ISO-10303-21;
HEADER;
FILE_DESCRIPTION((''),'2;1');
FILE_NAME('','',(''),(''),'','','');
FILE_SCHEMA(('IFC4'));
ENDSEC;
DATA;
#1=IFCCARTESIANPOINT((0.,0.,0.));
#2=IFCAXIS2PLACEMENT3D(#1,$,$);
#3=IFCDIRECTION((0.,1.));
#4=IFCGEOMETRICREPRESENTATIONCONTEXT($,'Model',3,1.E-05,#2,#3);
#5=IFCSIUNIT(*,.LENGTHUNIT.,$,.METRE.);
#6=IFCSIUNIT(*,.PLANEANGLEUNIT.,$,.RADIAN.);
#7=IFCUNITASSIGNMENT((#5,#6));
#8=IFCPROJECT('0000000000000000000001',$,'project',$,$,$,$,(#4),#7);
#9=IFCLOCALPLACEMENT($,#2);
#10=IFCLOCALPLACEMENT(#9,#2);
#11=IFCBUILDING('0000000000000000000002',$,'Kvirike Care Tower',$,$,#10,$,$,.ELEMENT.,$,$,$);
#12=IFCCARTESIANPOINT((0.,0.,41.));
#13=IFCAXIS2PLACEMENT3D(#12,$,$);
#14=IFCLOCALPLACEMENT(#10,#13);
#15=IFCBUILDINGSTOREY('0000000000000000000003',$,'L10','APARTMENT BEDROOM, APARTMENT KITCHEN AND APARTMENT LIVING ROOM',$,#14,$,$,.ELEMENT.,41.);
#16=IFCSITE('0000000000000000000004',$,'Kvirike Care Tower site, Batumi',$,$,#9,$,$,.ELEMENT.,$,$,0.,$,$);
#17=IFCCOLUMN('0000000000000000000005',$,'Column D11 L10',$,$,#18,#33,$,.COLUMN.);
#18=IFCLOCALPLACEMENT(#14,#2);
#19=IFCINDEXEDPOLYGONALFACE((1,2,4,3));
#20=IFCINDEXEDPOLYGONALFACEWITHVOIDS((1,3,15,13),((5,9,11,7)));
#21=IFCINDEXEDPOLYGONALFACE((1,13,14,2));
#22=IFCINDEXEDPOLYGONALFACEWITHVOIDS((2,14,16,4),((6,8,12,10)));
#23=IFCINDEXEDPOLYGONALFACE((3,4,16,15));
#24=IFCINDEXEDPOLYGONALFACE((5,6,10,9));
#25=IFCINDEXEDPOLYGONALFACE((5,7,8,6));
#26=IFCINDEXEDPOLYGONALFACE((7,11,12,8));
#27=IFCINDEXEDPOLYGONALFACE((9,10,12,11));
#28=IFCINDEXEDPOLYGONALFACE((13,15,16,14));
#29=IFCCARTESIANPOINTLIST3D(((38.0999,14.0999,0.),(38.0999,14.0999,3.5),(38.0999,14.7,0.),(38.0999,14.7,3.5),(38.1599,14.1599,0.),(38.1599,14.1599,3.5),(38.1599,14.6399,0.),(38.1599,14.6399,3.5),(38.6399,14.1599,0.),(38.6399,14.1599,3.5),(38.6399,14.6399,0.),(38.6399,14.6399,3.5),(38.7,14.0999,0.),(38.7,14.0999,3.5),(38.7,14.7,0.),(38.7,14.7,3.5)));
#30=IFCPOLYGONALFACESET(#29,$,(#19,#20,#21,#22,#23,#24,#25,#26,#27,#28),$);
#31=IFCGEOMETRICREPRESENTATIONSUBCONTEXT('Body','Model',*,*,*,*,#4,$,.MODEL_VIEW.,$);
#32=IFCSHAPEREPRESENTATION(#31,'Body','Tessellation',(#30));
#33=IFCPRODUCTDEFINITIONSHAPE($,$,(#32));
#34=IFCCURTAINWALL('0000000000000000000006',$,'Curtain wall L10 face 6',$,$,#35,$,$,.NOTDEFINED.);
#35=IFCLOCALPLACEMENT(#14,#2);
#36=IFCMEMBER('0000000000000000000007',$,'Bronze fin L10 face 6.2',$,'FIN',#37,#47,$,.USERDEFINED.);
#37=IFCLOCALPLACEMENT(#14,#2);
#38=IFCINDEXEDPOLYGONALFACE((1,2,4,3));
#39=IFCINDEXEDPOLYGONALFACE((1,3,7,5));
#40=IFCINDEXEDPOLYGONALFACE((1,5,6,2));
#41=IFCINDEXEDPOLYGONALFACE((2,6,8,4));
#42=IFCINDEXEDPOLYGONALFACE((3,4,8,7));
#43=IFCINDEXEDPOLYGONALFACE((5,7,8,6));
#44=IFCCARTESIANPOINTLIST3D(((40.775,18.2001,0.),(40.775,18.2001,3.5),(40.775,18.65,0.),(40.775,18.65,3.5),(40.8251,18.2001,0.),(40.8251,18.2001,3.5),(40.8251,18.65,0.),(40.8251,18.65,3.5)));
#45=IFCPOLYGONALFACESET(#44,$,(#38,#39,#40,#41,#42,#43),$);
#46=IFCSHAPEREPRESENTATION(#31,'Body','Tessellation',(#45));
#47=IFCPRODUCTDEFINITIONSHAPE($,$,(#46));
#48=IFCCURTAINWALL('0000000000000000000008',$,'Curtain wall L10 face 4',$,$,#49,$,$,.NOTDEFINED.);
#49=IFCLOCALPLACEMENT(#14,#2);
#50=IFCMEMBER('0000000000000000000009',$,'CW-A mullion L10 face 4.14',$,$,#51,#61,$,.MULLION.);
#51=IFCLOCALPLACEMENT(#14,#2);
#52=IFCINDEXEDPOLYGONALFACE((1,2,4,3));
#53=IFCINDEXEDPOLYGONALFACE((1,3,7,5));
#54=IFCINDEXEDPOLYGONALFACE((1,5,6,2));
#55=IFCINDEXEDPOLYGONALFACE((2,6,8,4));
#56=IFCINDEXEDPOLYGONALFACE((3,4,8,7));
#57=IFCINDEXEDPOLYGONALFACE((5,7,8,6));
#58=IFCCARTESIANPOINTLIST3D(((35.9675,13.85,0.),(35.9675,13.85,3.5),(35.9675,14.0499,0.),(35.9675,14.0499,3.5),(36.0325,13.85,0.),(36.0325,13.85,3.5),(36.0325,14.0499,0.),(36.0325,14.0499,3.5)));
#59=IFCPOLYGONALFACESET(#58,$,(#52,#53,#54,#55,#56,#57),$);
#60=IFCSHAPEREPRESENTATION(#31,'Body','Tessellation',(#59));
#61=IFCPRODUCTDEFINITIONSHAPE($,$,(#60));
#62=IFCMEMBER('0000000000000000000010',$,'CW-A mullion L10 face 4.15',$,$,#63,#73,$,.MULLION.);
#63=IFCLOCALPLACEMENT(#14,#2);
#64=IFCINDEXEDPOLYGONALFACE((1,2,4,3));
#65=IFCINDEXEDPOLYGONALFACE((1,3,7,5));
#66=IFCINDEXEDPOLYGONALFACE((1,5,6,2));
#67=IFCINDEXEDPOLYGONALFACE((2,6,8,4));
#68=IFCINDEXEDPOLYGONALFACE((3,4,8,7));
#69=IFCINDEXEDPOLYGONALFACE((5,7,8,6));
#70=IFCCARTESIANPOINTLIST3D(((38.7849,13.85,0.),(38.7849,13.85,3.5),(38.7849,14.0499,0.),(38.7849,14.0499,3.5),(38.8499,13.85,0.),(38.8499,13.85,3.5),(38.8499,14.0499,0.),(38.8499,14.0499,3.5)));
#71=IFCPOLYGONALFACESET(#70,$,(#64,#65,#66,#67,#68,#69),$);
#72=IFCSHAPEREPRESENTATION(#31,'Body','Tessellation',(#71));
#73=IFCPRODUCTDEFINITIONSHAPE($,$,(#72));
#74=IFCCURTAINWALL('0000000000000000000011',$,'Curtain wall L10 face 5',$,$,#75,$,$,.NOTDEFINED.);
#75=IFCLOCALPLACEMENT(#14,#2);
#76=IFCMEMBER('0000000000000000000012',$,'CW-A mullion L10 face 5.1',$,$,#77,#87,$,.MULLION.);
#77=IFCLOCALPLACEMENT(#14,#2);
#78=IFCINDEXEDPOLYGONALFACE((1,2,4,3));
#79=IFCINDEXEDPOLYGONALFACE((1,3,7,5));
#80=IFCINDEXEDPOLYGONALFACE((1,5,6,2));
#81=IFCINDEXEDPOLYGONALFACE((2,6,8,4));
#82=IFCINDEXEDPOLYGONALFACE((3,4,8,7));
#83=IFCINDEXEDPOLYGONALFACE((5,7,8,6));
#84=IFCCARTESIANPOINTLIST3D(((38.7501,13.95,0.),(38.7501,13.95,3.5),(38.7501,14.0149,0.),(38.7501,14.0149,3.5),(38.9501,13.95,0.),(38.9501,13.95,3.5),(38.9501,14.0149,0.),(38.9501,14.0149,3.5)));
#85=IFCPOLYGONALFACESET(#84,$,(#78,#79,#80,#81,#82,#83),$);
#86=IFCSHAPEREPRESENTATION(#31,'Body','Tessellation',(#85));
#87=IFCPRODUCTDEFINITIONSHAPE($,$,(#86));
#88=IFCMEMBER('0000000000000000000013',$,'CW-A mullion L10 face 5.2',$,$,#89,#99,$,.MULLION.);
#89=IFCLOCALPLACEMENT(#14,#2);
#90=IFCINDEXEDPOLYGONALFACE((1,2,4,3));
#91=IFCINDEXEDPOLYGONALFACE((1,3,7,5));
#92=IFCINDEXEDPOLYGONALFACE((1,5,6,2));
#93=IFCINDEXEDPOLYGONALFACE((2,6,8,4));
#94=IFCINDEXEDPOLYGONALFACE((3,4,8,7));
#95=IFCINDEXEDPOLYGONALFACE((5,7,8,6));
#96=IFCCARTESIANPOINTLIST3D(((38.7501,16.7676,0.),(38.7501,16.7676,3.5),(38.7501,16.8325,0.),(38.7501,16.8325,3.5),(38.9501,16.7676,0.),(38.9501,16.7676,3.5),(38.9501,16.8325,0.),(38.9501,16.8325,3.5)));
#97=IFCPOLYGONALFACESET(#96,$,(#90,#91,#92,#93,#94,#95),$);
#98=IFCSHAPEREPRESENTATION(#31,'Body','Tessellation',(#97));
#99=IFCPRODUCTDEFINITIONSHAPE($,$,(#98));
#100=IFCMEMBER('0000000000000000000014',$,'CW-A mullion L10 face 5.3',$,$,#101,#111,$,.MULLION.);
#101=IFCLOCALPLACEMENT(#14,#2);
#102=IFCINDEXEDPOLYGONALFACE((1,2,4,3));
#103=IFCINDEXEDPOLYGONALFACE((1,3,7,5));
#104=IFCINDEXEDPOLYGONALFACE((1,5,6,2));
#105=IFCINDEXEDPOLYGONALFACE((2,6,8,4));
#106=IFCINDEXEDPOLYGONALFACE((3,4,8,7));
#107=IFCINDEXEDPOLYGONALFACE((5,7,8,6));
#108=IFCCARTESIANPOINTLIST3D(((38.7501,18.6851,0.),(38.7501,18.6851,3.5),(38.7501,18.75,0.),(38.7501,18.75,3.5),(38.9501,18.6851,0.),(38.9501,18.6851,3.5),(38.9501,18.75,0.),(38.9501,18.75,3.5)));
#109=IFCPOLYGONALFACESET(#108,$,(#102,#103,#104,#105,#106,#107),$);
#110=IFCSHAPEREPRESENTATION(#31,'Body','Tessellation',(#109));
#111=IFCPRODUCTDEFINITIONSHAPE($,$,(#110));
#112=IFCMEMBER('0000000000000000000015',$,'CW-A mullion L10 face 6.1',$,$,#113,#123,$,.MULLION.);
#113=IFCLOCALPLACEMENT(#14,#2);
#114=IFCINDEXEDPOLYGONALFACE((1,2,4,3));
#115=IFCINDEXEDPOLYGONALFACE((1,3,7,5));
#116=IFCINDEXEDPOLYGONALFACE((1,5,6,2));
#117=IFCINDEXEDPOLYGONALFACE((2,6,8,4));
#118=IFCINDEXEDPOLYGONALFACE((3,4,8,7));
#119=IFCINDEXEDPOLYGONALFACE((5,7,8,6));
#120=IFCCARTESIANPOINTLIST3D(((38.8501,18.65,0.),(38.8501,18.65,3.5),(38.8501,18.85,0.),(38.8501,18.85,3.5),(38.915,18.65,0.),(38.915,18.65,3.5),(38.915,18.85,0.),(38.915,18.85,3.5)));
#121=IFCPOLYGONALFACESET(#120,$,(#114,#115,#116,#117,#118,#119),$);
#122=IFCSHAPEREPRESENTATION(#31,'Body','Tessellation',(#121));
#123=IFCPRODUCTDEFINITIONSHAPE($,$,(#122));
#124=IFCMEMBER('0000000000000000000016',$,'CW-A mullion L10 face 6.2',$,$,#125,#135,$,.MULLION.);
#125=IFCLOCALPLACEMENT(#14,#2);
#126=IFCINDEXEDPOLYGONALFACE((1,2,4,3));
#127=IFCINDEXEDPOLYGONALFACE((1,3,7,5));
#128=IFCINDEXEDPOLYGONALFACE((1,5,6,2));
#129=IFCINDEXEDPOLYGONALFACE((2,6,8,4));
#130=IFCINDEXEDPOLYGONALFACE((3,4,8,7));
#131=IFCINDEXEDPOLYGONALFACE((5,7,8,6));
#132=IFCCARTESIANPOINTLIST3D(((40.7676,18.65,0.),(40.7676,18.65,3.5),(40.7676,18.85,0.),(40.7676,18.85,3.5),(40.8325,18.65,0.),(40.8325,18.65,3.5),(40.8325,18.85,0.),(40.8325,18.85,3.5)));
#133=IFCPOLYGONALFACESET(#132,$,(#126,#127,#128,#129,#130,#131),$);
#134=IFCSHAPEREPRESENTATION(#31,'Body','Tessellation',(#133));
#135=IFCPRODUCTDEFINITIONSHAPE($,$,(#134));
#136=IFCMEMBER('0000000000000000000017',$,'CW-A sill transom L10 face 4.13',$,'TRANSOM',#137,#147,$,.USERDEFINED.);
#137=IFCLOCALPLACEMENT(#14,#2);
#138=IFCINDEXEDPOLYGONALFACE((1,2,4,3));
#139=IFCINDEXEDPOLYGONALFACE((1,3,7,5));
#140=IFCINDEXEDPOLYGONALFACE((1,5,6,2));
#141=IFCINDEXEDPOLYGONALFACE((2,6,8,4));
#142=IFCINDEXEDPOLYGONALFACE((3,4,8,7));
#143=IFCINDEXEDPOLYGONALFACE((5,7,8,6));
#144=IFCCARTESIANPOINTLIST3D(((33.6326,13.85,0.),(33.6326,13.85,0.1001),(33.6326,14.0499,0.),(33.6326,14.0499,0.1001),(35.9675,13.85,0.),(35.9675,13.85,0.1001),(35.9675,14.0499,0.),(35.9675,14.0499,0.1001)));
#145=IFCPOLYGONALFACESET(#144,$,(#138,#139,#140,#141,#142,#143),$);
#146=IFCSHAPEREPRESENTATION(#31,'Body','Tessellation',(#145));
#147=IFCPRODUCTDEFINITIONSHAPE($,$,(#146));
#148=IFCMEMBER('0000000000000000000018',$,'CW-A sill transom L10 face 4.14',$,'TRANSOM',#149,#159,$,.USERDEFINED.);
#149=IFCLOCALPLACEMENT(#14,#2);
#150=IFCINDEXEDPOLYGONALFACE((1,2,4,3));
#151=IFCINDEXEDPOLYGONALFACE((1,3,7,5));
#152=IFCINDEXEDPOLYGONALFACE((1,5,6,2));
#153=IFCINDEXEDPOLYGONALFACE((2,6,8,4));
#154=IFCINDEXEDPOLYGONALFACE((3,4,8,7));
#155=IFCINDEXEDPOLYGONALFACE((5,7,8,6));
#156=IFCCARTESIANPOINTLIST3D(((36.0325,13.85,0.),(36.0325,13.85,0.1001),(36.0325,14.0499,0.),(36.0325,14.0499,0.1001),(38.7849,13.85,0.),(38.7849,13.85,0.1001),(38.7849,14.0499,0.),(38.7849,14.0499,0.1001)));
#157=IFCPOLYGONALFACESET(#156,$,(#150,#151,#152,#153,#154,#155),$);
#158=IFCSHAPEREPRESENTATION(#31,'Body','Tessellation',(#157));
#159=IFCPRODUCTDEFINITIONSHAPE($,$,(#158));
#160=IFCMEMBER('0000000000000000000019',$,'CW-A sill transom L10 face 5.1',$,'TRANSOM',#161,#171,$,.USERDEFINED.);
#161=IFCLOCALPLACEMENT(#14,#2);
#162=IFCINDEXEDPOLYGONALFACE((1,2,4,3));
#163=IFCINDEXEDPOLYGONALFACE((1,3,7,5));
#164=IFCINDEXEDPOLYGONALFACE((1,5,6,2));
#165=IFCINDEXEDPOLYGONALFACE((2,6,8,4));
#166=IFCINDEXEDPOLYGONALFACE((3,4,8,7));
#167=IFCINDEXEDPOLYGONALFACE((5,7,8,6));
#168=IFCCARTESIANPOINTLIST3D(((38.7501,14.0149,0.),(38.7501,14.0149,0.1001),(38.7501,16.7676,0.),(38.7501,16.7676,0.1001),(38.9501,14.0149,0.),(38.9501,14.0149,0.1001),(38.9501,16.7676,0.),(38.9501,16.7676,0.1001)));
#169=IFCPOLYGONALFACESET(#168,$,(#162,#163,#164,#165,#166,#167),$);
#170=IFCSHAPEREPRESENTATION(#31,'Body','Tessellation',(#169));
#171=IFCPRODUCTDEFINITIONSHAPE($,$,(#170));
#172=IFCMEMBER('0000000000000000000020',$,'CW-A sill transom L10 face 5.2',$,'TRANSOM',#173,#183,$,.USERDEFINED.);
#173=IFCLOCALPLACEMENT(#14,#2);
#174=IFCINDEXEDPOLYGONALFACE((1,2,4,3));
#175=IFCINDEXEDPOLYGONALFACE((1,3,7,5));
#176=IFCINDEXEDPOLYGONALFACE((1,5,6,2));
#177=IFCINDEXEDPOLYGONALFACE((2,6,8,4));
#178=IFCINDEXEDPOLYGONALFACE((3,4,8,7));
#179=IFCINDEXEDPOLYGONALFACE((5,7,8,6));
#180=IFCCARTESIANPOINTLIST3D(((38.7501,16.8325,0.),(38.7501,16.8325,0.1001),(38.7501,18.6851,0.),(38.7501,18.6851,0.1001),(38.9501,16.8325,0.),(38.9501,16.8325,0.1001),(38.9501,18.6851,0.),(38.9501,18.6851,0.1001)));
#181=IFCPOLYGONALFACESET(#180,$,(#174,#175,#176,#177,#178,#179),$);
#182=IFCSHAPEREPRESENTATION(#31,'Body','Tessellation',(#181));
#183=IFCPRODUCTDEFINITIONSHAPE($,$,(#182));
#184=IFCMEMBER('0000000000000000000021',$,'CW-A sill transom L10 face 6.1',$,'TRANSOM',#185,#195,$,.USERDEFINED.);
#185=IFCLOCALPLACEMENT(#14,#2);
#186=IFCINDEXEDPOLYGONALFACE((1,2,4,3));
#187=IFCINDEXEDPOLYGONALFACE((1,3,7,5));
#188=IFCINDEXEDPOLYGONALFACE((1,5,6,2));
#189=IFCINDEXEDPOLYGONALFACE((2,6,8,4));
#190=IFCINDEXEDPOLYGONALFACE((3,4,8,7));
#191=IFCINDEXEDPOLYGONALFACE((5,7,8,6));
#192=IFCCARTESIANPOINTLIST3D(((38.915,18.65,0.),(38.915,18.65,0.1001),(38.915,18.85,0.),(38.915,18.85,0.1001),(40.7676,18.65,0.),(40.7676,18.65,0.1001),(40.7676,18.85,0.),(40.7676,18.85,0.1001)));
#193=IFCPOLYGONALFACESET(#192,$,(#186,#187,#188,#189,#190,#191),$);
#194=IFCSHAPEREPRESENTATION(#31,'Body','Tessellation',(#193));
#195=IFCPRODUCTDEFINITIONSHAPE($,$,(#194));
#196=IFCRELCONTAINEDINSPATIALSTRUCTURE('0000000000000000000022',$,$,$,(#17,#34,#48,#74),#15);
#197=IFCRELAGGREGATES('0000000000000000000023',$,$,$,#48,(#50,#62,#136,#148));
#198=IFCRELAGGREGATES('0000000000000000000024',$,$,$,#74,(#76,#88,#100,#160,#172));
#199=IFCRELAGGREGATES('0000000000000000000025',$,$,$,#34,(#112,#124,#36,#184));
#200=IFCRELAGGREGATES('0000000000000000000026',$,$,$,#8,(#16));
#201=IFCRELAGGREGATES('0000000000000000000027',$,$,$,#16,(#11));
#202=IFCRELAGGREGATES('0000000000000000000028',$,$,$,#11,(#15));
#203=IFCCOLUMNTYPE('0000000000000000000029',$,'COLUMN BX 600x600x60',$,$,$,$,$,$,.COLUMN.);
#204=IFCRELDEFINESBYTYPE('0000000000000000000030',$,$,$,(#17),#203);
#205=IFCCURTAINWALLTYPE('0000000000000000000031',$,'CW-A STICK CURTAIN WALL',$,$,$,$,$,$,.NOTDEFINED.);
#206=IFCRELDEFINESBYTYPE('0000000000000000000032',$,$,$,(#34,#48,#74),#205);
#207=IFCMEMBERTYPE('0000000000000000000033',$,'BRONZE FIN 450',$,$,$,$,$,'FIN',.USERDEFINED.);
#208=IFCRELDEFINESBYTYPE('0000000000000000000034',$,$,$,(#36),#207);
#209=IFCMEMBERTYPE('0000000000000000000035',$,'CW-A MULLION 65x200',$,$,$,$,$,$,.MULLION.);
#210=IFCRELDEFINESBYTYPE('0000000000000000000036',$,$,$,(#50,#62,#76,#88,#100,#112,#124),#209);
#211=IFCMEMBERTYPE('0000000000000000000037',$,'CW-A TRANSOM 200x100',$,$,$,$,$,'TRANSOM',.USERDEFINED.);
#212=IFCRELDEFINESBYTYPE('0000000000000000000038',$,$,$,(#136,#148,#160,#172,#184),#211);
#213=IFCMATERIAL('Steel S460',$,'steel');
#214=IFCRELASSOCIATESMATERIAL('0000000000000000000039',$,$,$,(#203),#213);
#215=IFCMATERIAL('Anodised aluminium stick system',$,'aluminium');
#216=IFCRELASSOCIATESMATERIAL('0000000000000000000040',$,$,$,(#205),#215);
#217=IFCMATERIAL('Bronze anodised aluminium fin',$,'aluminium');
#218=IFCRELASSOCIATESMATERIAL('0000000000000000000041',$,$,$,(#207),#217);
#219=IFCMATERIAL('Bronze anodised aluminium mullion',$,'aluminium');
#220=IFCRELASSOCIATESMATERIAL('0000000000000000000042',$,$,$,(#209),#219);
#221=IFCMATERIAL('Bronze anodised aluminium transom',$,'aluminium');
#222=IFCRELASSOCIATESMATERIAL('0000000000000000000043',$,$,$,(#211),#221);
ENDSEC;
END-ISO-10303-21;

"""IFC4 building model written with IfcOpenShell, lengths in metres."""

from ifc_helpers import new_model, si_unit, direction, frame, origin, origin_2d, place, context, subcontext, project, spatial, rectangle, hollow_rectangle, extrude, material, material_profile, profile_set, type_object, element, aggregate, save


model = new_model("IFC4")

# Units and contexts
model_context = context("Model", 3, precision=1e-05, world=origin(), true_north=direction((0.0, 1.0)))
body_context = subcontext(model_context, "Body", "Model", "MODEL_VIEW")
ifc_project = project(units=[si_unit("LENGTHUNIT", "METRE"), si_unit("PLANEANGLEUNIT", "RADIAN")], contexts=[model_context])

# Site, building, storey
site_placement = place(None, origin())
site = spatial("IfcSite", under=ifc_project, at=site_placement, Name="Kvirike Care Tower site, Batumi", CompositionType="ELEMENT", RefElevation=0.0)
building_placement = place(site_placement, origin())
building = spatial("IfcBuilding", under=site, at=building_placement, Name="Kvirike Care Tower", CompositionType="ELEMENT")
storey_placement = place(building_placement, frame((0.0, 0.0, 41.0)))
storey = spatial("IfcBuildingStorey", under=building, at=storey_placement, Name="L10", Description="APARTMENT BEDROOM, APARTMENT KITCHEN AND APARTMENT LIVING ROOM", CompositionType="ELEMENT", Elevation=41.0)

# Column
ifc_material_1 = material(Name="Steel S460", Category="steel")
ifc_material_profile_1 = material_profile(ifc_material_1, hollow_rectangle(XDim=0.6001, YDim=0.6001, WallThickness=0.0601, at=origin_2d()), Name="BX 600x600x60")
ifc_profile_set_1 = profile_set([ifc_material_profile_1], Name="Steel S460")
column_type = type_object("IfcColumnType", Name="COLUMN BX 600x600x60", PredefinedType="COLUMN", material=ifc_profile_set_1)
column_placement = place(storey_placement, frame((38.3999, 14.3999, 0.0), z_axis=(0.0, 0.0, 1.0), x_axis=(0.0, 1.0, 0.0)))
element("IfcColumn", 1, at=column_placement, inside=storey, type_object=column_type, Name="Column D11 L10", PredefinedType="COLUMN", context=body_context, shape_type="SweptSolid", body=[
    extrude(hollow_rectangle(XDim=0.6001, YDim=0.6001, WallThickness=0.0601, at=origin_2d()), origin(), (0.0, 0.0, 1.0), 3.5),
])

# Curtain wall, member
ifc_material_2 = material(Name="Anodised aluminium stick system", Category="aluminium")
curtain_wall_type = type_object("IfcCurtainWallType", Name="CW-A STICK CURTAIN WALL", PredefinedType="NOTDEFINED", material=ifc_material_2)
curtain_wall_1_placement = place(storey_placement, origin())
curtain_wall_1 = element("IfcCurtainWall", 2, at=curtain_wall_1_placement, inside=storey, type_object=curtain_wall_type, Name="Curtain wall L10 face 6", PredefinedType="NOTDEFINED")
ifc_material_3 = material(Name="Bronze anodised aluminium fin", Category="aluminium")
ifc_material_profile_2 = material_profile(ifc_material_3, rectangle(XDim=0.05, YDim=0.45, at=origin_2d()), Name="BRONZE FIN 450")
ifc_profile_set_2 = profile_set([ifc_material_profile_2], Name="Bronze anodised aluminium fin")
member_type_1 = type_object("IfcMemberType", Name="BRONZE FIN 450", ElementType="FIN", PredefinedType="USERDEFINED", material=ifc_profile_set_2)
member_1_placement = place(storey_placement, frame((40.8, 18.425, 0.0), z_axis=(0.0, 0.0, 1.0), x_axis=(1.0, 0.0, 0.0)))
member_1 = element("IfcMember", 3, at=member_1_placement, type_object=member_type_1, Name="Bronze fin L10 face 6.2", ObjectType="FIN", PredefinedType="USERDEFINED", context=body_context, shape_type="SweptSolid", body=[
    extrude(rectangle(XDim=0.05, YDim=0.45, at=origin_2d()), origin(), (0.0, 0.0, 1.0), 3.5),
])

# Curtain walls, members
curtain_wall_2_placement = place(storey_placement, origin())
curtain_wall_2 = element("IfcCurtainWall", 4, at=curtain_wall_2_placement, inside=storey, type_object=curtain_wall_type, Name="Curtain wall L10 face 4", PredefinedType="NOTDEFINED")
ifc_material_4 = material(Name="Bronze anodised aluminium mullion", Category="aluminium")
ifc_material_profile_3 = material_profile(ifc_material_4, rectangle(XDim=0.0649, YDim=0.2, at=origin_2d()), Name="CW-A MULLION 65x200")
ifc_profile_set_3 = profile_set([ifc_material_profile_3], Name="Bronze anodised aluminium mullion")
member_type_2 = type_object("IfcMemberType", Name="CW-A MULLION 65x200", PredefinedType="MULLION", material=ifc_profile_set_3)
member_2_placement = place(storey_placement, frame((36.0, 13.95, 0.0), z_axis=(0.0, 0.0, 1.0), x_axis=(1.0, 0.0, 0.0)))
member_2 = element("IfcMember", 5, at=member_2_placement, type_object=member_type_2, Name="CW-A mullion L10 face 4.14", PredefinedType="MULLION", context=body_context, shape_type="SweptSolid", body=[
    extrude(rectangle(XDim=0.0649, YDim=0.2, at=origin_2d()), origin(), (0.0, 0.0, 1.0), 3.5),
])
member_3_placement = place(storey_placement, frame((38.8174, 13.95, 0.0), z_axis=(0.0, 0.0, 1.0), x_axis=(1.0, 0.0, 0.0)))
member_3 = element("IfcMember", 6, at=member_3_placement, type_object=member_type_2, Name="CW-A mullion L10 face 4.15", PredefinedType="MULLION", context=body_context, shape_type="SweptSolid", body=[
    extrude(rectangle(XDim=0.0649, YDim=0.2, at=origin_2d()), origin(), (0.0, 0.0, 1.0), 3.5),
])
curtain_wall_3_placement = place(storey_placement, origin())
curtain_wall_3 = element("IfcCurtainWall", 7, at=curtain_wall_3_placement, inside=storey, type_object=curtain_wall_type, Name="Curtain wall L10 face 5", PredefinedType="NOTDEFINED")
member_4_placement = place(storey_placement, frame((38.8501, 13.9824, 0.0), z_axis=(0.0, 0.0, 1.0), x_axis=(0.0, 1.0, 0.0)))
member_4 = element("IfcMember", 8, at=member_4_placement, type_object=member_type_2, Name="CW-A mullion L10 face 5.1", PredefinedType="MULLION", context=body_context, shape_type="SweptSolid", body=[
    extrude(rectangle(XDim=0.0649, YDim=0.2, at=origin_2d()), origin(), (0.0, 0.0, 1.0), 3.5),
])
member_5_placement = place(storey_placement, frame((38.8501, 16.8, 0.0), z_axis=(0.0, 0.0, 1.0), x_axis=(0.0, 1.0, 0.0)))
member_5 = element("IfcMember", 9, at=member_5_placement, type_object=member_type_2, Name="CW-A mullion L10 face 5.2", PredefinedType="MULLION", context=body_context, shape_type="SweptSolid", body=[
    extrude(rectangle(XDim=0.0649, YDim=0.2, at=origin_2d()), origin(), (0.0, 0.0, 1.0), 3.5),
])
member_6_placement = place(storey_placement, frame((38.8501, 18.7175, 0.0), z_axis=(0.0, 0.0, 1.0), x_axis=(0.0, 1.0, 0.0)))
member_6 = element("IfcMember", 10, at=member_6_placement, type_object=member_type_2, Name="CW-A mullion L10 face 5.3", PredefinedType="MULLION", context=body_context, shape_type="SweptSolid", body=[
    extrude(rectangle(XDim=0.0649, YDim=0.2, at=origin_2d()), origin(), (0.0, 0.0, 1.0), 3.5),
])

# Members
member_7_placement = place(storey_placement, frame((38.8826, 18.75, 0.0), z_axis=(0.0, 0.0, 1.0), x_axis=(1.0, 0.0, 0.0)))
member_7 = element("IfcMember", 11, at=member_7_placement, type_object=member_type_2, Name="CW-A mullion L10 face 6.1", PredefinedType="MULLION", context=body_context, shape_type="SweptSolid", body=[
    extrude(rectangle(XDim=0.0649, YDim=0.2, at=origin_2d()), origin(), (0.0, 0.0, 1.0), 3.5),
])
member_8_placement = place(storey_placement, frame((40.8, 18.75, 0.0), z_axis=(0.0, 0.0, 1.0), x_axis=(1.0, 0.0, 0.0)))
member_8 = element("IfcMember", 12, at=member_8_placement, type_object=member_type_2, Name="CW-A mullion L10 face 6.2", PredefinedType="MULLION", context=body_context, shape_type="SweptSolid", body=[
    extrude(rectangle(XDim=0.0649, YDim=0.2, at=origin_2d()), origin(), (0.0, 0.0, 1.0), 3.5),
])
ifc_material_5 = material(Name="Bronze anodised aluminium transom", Category="aluminium")
ifc_material_profile_4 = material_profile(ifc_material_5, rectangle(XDim=0.2, YDim=0.1001, at=origin_2d()), Name="CW-A TRANSOM 200x100")
ifc_profile_set_4 = profile_set([ifc_material_profile_4], Name="Bronze anodised aluminium transom")
member_type_3 = type_object("IfcMemberType", Name="CW-A TRANSOM 200x100", ElementType="TRANSOM", PredefinedType="USERDEFINED", material=ifc_profile_set_4)
member_9_placement = place(storey_placement, frame((33.6326, 13.95, 0.05), z_axis=(1.0, 0.0, 0.0), x_axis=(0.0, 1.0, 0.0)))
member_9 = element("IfcMember", 13, at=member_9_placement, type_object=member_type_3, Name="CW-A sill transom L10 face 4.13", ObjectType="TRANSOM", PredefinedType="USERDEFINED", context=body_context, shape_type="SweptSolid", body=[
    extrude(rectangle(XDim=0.2, YDim=0.1001, at=origin_2d()), origin(), (0.0, 0.0, 1.0), 2.335),
])
member_10_placement = place(storey_placement, frame((36.0325, 13.95, 0.05), z_axis=(1.0, 0.0, 0.0), x_axis=(0.0, 1.0, 0.0)))
member_10 = element("IfcMember", 14, at=member_10_placement, type_object=member_type_3, Name="CW-A sill transom L10 face 4.14", ObjectType="TRANSOM", PredefinedType="USERDEFINED", context=body_context, shape_type="SweptSolid", body=[
    extrude(rectangle(XDim=0.2, YDim=0.1001, at=origin_2d()), origin(), (0.0, 0.0, 1.0), 2.7524),
])
member_11_placement = place(storey_placement, frame((38.8501, 14.0149, 0.05), z_axis=(0.0, 1.0, 0.0), x_axis=(-1.0, 0.0, 0.0)))
member_11 = element("IfcMember", 15, at=member_11_placement, type_object=member_type_3, Name="CW-A sill transom L10 face 5.1", ObjectType="TRANSOM", PredefinedType="USERDEFINED", context=body_context, shape_type="SweptSolid", body=[
    extrude(rectangle(XDim=0.2, YDim=0.1001, at=origin_2d()), origin(), (0.0, 0.0, 1.0), 2.7527),
])
member_12_placement = place(storey_placement, frame((38.8501, 16.8325, 0.05), z_axis=(0.0, 1.0, 0.0), x_axis=(-1.0, 0.0, 0.0)))
member_12 = element("IfcMember", 16, at=member_12_placement, type_object=member_type_3, Name="CW-A sill transom L10 face 5.2", ObjectType="TRANSOM", PredefinedType="USERDEFINED", context=body_context, shape_type="SweptSolid", body=[
    extrude(rectangle(XDim=0.2, YDim=0.1001, at=origin_2d()), origin(), (0.0, 0.0, 1.0), 1.8525),
])
member_13_placement = place(storey_placement, frame((38.915, 18.75, 0.05), z_axis=(1.0, 0.0, 0.0), x_axis=(0.0, 1.0, 0.0)))
member_13 = element("IfcMember", 17, at=member_13_placement, type_object=member_type_3, Name="CW-A sill transom L10 face 6.1", ObjectType="TRANSOM", PredefinedType="USERDEFINED", context=body_context, shape_type="SweptSolid", body=[
    extrude(rectangle(XDim=0.2, YDim=0.1001, at=origin_2d()), origin(), (0.0, 0.0, 1.0), 1.8525),
])

aggregate(curtain_wall_2, [member_2, member_3, member_9, member_10])
aggregate(curtain_wall_3, [member_4, member_5, member_6, member_11, member_12])
aggregate(curtain_wall_1, [member_7, member_8, member_1, member_13])

save(model, "model.ifc")
